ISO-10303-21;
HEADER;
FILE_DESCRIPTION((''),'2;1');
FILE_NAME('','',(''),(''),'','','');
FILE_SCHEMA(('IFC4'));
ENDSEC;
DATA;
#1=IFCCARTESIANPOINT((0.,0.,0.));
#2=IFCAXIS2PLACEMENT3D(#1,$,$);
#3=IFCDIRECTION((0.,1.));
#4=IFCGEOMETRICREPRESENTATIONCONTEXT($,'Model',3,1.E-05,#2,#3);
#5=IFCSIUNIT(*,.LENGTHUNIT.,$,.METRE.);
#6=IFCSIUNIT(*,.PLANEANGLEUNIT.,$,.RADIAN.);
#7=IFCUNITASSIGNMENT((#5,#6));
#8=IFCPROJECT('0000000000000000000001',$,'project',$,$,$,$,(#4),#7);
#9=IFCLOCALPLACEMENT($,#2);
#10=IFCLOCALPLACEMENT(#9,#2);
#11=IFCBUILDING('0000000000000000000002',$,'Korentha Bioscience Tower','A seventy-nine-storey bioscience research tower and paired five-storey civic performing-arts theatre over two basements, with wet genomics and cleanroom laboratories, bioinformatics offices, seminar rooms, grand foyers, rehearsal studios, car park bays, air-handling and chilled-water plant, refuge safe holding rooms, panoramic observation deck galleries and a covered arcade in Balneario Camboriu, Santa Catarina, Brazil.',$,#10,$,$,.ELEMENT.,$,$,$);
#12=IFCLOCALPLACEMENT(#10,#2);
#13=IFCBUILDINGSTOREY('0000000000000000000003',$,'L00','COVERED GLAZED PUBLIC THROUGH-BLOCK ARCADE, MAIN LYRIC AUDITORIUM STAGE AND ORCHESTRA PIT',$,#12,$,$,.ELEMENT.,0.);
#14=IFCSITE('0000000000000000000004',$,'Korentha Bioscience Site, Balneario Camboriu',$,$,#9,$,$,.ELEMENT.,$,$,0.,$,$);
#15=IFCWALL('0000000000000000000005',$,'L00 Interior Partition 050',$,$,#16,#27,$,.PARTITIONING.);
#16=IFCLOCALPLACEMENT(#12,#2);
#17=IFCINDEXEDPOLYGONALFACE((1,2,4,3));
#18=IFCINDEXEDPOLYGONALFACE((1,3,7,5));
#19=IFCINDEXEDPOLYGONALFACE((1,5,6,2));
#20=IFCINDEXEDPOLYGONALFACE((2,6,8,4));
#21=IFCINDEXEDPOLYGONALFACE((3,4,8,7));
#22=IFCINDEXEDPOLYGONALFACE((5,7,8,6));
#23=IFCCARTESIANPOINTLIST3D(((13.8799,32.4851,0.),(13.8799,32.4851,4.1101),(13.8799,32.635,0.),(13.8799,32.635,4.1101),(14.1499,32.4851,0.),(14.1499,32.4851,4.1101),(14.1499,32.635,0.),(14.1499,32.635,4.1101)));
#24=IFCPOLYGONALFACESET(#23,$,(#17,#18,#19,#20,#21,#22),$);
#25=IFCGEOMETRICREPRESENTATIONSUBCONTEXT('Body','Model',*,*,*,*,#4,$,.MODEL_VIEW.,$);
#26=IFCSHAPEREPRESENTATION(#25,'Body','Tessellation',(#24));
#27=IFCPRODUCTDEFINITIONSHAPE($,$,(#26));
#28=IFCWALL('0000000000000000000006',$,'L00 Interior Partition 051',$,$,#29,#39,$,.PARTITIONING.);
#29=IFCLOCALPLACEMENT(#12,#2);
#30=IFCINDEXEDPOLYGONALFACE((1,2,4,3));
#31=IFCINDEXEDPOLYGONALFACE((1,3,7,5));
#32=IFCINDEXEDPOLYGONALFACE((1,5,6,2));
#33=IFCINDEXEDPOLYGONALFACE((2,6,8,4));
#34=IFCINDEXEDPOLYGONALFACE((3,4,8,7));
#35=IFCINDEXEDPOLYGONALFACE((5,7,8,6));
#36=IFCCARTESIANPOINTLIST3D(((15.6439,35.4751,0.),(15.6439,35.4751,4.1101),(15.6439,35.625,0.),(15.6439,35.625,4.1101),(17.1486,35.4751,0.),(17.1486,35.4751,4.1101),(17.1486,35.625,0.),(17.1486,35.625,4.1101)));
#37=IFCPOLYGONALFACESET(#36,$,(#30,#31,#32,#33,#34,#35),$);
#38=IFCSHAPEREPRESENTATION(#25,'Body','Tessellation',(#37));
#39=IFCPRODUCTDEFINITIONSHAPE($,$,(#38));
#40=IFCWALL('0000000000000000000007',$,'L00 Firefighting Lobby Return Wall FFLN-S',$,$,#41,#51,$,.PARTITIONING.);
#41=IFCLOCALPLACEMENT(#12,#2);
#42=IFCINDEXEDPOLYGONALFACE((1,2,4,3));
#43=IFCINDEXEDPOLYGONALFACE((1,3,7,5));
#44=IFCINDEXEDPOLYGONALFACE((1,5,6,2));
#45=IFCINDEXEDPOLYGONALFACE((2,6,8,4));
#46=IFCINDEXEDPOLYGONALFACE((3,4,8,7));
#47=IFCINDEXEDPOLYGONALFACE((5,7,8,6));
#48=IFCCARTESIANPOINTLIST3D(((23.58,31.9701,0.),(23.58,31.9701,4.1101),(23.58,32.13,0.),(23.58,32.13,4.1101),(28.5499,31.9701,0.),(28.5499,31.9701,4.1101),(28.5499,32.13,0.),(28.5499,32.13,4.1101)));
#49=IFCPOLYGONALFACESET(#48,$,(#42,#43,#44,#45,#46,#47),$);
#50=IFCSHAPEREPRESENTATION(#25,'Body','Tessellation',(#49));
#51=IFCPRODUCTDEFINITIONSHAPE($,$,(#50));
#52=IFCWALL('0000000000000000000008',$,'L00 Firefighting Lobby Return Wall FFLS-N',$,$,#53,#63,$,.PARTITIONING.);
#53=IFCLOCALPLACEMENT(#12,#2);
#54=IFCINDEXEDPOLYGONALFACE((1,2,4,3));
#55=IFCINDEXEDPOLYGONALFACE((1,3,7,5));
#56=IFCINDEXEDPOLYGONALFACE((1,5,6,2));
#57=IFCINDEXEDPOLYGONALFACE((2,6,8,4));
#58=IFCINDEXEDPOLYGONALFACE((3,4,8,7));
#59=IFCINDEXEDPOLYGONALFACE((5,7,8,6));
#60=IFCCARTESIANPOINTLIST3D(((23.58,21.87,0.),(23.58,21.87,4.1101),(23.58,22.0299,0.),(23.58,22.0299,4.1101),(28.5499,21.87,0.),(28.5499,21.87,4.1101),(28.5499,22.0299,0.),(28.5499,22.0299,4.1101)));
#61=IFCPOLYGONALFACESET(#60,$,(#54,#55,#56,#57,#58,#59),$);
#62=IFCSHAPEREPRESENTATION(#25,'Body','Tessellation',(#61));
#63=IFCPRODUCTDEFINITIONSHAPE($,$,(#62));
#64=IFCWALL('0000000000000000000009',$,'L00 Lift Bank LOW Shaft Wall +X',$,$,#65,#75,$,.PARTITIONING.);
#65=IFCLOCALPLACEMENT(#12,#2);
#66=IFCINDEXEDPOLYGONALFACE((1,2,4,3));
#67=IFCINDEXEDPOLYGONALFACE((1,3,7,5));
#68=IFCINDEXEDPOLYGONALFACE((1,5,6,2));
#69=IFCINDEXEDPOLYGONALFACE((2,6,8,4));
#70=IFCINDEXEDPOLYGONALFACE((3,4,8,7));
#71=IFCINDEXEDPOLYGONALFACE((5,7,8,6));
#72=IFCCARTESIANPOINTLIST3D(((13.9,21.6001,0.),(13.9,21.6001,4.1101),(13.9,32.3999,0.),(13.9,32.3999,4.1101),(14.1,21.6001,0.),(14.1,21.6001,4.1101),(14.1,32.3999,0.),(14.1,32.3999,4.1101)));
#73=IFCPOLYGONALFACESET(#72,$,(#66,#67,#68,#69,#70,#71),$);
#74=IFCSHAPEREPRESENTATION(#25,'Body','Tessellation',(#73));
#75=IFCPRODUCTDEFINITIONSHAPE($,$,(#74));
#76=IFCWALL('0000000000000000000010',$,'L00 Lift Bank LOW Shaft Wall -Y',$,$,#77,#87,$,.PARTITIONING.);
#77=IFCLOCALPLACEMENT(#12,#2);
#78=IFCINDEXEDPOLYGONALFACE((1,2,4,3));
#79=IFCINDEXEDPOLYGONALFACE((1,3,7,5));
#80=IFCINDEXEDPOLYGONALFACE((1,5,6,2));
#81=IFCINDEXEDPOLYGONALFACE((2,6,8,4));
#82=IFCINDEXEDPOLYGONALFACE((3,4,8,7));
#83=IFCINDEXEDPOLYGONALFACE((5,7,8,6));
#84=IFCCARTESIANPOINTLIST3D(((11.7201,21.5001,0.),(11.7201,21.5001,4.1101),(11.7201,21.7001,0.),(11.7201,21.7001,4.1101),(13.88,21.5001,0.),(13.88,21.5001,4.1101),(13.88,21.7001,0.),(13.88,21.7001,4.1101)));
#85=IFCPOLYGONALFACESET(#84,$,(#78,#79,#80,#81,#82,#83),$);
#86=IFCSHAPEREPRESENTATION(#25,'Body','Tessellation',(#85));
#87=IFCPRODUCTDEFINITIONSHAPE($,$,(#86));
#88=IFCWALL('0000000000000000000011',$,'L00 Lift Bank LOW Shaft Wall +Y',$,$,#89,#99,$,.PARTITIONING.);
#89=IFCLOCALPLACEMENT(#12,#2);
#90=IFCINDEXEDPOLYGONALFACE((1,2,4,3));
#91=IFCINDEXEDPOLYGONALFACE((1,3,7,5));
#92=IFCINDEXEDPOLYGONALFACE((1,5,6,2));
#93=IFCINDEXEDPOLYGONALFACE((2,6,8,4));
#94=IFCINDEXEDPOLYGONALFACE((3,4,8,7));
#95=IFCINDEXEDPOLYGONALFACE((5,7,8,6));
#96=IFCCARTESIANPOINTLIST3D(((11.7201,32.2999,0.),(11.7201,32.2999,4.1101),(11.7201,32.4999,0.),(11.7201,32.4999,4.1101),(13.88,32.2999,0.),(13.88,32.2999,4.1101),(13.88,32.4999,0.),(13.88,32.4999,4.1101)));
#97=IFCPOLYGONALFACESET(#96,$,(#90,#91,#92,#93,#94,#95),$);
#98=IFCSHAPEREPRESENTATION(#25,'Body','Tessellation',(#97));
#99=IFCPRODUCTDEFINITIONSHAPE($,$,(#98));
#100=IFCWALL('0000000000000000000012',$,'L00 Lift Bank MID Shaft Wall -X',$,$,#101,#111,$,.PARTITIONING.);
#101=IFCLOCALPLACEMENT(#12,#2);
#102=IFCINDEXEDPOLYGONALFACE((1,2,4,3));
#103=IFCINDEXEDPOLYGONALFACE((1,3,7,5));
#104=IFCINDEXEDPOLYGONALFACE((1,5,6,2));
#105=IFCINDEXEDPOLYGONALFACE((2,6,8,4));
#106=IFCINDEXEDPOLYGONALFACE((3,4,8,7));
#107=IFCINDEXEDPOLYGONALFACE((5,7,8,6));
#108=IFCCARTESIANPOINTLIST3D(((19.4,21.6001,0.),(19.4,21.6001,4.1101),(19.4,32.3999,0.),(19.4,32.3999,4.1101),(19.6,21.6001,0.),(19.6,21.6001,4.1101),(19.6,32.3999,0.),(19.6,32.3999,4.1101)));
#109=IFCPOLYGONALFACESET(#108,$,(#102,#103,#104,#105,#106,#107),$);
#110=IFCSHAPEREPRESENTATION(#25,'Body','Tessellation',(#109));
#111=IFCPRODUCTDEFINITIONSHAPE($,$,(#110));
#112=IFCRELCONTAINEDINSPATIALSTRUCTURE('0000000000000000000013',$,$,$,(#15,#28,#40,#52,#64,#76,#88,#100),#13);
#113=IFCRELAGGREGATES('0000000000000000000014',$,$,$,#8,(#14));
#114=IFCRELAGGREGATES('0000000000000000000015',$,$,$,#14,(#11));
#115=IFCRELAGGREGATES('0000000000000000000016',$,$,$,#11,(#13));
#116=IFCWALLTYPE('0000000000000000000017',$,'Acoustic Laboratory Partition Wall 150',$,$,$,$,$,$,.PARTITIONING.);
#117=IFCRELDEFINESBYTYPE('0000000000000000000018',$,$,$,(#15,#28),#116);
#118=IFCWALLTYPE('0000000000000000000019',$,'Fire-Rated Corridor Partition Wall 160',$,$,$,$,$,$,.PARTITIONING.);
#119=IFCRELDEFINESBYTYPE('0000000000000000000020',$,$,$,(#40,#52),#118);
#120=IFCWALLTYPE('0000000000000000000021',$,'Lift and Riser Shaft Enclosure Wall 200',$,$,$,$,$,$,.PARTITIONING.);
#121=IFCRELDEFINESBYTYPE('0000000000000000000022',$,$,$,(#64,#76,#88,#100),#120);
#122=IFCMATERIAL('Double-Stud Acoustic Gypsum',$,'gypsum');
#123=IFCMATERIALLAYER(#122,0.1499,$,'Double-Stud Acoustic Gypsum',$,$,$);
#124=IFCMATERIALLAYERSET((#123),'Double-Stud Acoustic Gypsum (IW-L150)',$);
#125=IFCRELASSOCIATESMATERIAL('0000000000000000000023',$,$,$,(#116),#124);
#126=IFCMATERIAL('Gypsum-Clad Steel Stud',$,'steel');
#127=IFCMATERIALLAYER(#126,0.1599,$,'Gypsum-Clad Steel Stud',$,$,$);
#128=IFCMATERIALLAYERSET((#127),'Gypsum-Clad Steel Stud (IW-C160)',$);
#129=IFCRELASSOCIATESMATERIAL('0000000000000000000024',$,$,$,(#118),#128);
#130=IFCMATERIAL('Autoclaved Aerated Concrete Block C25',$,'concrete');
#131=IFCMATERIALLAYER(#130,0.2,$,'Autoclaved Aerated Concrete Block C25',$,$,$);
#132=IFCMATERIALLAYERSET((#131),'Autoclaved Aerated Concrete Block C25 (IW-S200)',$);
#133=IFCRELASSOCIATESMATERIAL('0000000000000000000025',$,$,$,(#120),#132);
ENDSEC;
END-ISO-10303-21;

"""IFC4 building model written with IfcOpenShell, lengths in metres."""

from ifc_helpers import new_model, si_unit, direction, frame, frame_2d, origin, place, context, subcontext, project, spatial, rectangle, extrude, material, layer, layer_set, type_object, element, save


model = new_model("IFC4")

# Units and contexts
model_context = context("Model", 3, precision=1e-05, world=origin(), true_north=direction((0.0, 1.0)))
body_context = subcontext(model_context, "Body", "Model", "MODEL_VIEW")
ifc_project = project(units=[si_unit("LENGTHUNIT", "METRE"), si_unit("PLANEANGLEUNIT", "RADIAN")], contexts=[model_context])

# Site, building, storey
site_placement = place(None, origin())
site = spatial("IfcSite", under=ifc_project, at=site_placement, Name="Korentha Bioscience Site, Balneario Camboriu", CompositionType="ELEMENT", RefElevation=0.0)
building_placement = place(site_placement, origin())
building = spatial("IfcBuilding", under=site, at=building_placement, Name="Korentha Bioscience Tower", Description="A seventy-nine-storey bioscience research tower and paired five-storey civic performing-arts theatre over two basements, with wet genomics and cleanroom laboratories, bioinformatics offices, seminar rooms, grand foyers, rehearsal studios, car park bays, air-handling and chilled-water plant, refuge safe holding rooms, panoramic observation deck galleries and a covered arcade in Balneario Camboriu, Santa Catarina, Brazil.", CompositionType="ELEMENT")
storey_placement = place(building_placement, origin())
storey = spatial("IfcBuildingStorey", under=building, at=storey_placement, Name="L00", Description="COVERED GLAZED PUBLIC THROUGH-BLOCK ARCADE, MAIN LYRIC AUDITORIUM STAGE AND ORCHESTRA PIT", CompositionType="ELEMENT", Elevation=0.0)

# Shared definitions
ifc_material_1 = material(Name="Double-Stud Acoustic Gypsum", Category="gypsum")
ifc_layer_1 = layer(ifc_material_1, 0.1499, Name="Double-Stud Acoustic Gypsum")
ifc_layer_set_1 = layer_set([ifc_layer_1], Name="Double-Stud Acoustic Gypsum (IW-L150)")
wall_type_1 = type_object("IfcWallType", Name="Acoustic Laboratory Partition Wall 150", PredefinedType="PARTITIONING", material=ifc_layer_set_1)

# Walls
wall_1_placement = place(storey_placement, frame((14.1499, 32.5601, 0.0), z_axis=(0.0, 0.0, 1.0), x_axis=(-1.0, 0.0, 0.0)))
element("IfcWall", 1, at=wall_1_placement, inside=storey, type_object=wall_type_1, Name="L00 Interior Partition 050", PredefinedType="PARTITIONING", context=body_context, shape_type="SweptSolid", body=[
    extrude(rectangle(XDim=0.27, YDim=0.1499, at=frame_2d((0.135, 0.0))), origin(), (0.0, 0.0, 1.0), 4.1101),
])
wall_2_placement = place(storey_placement, frame((17.1487, 35.55, 0.0), z_axis=(0.0, 0.0, 1.0), x_axis=(-1.0, 0.0, 0.0)))
element("IfcWall", 2, at=wall_2_placement, inside=storey, type_object=wall_type_1, Name="L00 Interior Partition 051", PredefinedType="PARTITIONING", context=body_context, shape_type="SweptSolid", body=[
    extrude(rectangle(XDim=1.5046, YDim=0.1499, at=frame_2d((0.7524, 0.0))), origin(), (0.0, 0.0, 1.0), 4.1101),
])

# Shared definitions
ifc_material_2 = material(Name="Gypsum-Clad Steel Stud", Category="steel")
ifc_layer_2 = layer(ifc_material_2, 0.1599, Name="Gypsum-Clad Steel Stud")
ifc_layer_set_2 = layer_set([ifc_layer_2], Name="Gypsum-Clad Steel Stud (IW-C160)")
wall_type_2 = type_object("IfcWallType", Name="Fire-Rated Corridor Partition Wall 160", PredefinedType="PARTITIONING", material=ifc_layer_set_2)

# Walls
for number, where, z_axis, x_axis, name in (
    (3, (23.5801, 32.05, 0.0), (0.0, 0.0, 1.0), (1.0, 0.0, 0.0), "L00 Firefighting Lobby Return Wall FFLN-S"),
    (4, (23.5801, 21.95, 0.0), (0.0, 0.0, 1.0), (1.0, 0.0, 0.0), "L00 Firefighting Lobby Return Wall FFLS-N"),
):
    element("IfcWall", number, at=place(storey_placement, frame(where, z_axis=z_axis, x_axis=x_axis)), inside=storey, type_object=wall_type_2, Name=name, PredefinedType="PARTITIONING", context=body_context, shape_type="SweptSolid", body=[
        extrude(rectangle(XDim=4.97, YDim=0.1599, at=frame_2d((2.4849, 0.0))), origin(), (0.0, 0.0, 1.0), 4.1101),
    ])
ifc_material_3 = material(Name="Autoclaved Aerated Concrete Block C25", Category="concrete")
ifc_layer_3 = layer(ifc_material_3, 0.2, Name="Autoclaved Aerated Concrete Block C25")
ifc_layer_set_3 = layer_set([ifc_layer_3], Name="Autoclaved Aerated Concrete Block C25 (IW-S200)")
wall_type_3 = type_object("IfcWallType", Name="Lift and Riser Shaft Enclosure Wall 200", PredefinedType="PARTITIONING", material=ifc_layer_set_3)
wall_3_placement = place(storey_placement, frame((14.0, 21.6001, 0.0), z_axis=(0.0, 0.0, 1.0), x_axis=(0.0, 1.0, 0.0)))
element("IfcWall", 5, at=wall_3_placement, inside=storey, type_object=wall_type_3, Name="L00 Lift Bank LOW Shaft Wall +X", PredefinedType="PARTITIONING", context=body_context, shape_type="SweptSolid", body=[
    extrude(rectangle(XDim=10.7998, YDim=0.2, at=frame_2d((5.3999, 0.0))), origin(), (0.0, 0.0, 1.0), 4.1101),
])
for number, where, z_axis, x_axis, name in (
    (6, (11.72, 21.6001, 0.0), (0.0, 0.0, 1.0), (1.0, 0.0, 0.0), "L00 Lift Bank LOW Shaft Wall -Y"),
    (7, (11.72, 32.3999, 0.0), (0.0, 0.0, 1.0), (1.0, 0.0, 0.0), "L00 Lift Bank LOW Shaft Wall +Y"),
):
    element("IfcWall", number, at=place(storey_placement, frame(where, z_axis=z_axis, x_axis=x_axis)), inside=storey, type_object=wall_type_3, Name=name, PredefinedType="PARTITIONING", context=body_context, shape_type="SweptSolid", body=[
        extrude(rectangle(XDim=2.1599, YDim=0.2, at=frame_2d((1.0801, 0.0))), origin(), (0.0, 0.0, 1.0), 4.1101),
    ])
wall_4_placement = place(storey_placement, frame((19.5, 21.6001, 0.0), z_axis=(0.0, 0.0, 1.0), x_axis=(0.0, 1.0, 0.0)))
element("IfcWall", 8, at=wall_4_placement, inside=storey, type_object=wall_type_3, Name="L00 Lift Bank MID Shaft Wall -X", PredefinedType="PARTITIONING", context=body_context, shape_type="SweptSolid", body=[
    extrude(rectangle(XDim=10.7998, YDim=0.2, at=frame_2d((5.3999, 0.0))), origin(), (0.0, 0.0, 1.0), 4.1101),
])

save(model, "model.ifc")
